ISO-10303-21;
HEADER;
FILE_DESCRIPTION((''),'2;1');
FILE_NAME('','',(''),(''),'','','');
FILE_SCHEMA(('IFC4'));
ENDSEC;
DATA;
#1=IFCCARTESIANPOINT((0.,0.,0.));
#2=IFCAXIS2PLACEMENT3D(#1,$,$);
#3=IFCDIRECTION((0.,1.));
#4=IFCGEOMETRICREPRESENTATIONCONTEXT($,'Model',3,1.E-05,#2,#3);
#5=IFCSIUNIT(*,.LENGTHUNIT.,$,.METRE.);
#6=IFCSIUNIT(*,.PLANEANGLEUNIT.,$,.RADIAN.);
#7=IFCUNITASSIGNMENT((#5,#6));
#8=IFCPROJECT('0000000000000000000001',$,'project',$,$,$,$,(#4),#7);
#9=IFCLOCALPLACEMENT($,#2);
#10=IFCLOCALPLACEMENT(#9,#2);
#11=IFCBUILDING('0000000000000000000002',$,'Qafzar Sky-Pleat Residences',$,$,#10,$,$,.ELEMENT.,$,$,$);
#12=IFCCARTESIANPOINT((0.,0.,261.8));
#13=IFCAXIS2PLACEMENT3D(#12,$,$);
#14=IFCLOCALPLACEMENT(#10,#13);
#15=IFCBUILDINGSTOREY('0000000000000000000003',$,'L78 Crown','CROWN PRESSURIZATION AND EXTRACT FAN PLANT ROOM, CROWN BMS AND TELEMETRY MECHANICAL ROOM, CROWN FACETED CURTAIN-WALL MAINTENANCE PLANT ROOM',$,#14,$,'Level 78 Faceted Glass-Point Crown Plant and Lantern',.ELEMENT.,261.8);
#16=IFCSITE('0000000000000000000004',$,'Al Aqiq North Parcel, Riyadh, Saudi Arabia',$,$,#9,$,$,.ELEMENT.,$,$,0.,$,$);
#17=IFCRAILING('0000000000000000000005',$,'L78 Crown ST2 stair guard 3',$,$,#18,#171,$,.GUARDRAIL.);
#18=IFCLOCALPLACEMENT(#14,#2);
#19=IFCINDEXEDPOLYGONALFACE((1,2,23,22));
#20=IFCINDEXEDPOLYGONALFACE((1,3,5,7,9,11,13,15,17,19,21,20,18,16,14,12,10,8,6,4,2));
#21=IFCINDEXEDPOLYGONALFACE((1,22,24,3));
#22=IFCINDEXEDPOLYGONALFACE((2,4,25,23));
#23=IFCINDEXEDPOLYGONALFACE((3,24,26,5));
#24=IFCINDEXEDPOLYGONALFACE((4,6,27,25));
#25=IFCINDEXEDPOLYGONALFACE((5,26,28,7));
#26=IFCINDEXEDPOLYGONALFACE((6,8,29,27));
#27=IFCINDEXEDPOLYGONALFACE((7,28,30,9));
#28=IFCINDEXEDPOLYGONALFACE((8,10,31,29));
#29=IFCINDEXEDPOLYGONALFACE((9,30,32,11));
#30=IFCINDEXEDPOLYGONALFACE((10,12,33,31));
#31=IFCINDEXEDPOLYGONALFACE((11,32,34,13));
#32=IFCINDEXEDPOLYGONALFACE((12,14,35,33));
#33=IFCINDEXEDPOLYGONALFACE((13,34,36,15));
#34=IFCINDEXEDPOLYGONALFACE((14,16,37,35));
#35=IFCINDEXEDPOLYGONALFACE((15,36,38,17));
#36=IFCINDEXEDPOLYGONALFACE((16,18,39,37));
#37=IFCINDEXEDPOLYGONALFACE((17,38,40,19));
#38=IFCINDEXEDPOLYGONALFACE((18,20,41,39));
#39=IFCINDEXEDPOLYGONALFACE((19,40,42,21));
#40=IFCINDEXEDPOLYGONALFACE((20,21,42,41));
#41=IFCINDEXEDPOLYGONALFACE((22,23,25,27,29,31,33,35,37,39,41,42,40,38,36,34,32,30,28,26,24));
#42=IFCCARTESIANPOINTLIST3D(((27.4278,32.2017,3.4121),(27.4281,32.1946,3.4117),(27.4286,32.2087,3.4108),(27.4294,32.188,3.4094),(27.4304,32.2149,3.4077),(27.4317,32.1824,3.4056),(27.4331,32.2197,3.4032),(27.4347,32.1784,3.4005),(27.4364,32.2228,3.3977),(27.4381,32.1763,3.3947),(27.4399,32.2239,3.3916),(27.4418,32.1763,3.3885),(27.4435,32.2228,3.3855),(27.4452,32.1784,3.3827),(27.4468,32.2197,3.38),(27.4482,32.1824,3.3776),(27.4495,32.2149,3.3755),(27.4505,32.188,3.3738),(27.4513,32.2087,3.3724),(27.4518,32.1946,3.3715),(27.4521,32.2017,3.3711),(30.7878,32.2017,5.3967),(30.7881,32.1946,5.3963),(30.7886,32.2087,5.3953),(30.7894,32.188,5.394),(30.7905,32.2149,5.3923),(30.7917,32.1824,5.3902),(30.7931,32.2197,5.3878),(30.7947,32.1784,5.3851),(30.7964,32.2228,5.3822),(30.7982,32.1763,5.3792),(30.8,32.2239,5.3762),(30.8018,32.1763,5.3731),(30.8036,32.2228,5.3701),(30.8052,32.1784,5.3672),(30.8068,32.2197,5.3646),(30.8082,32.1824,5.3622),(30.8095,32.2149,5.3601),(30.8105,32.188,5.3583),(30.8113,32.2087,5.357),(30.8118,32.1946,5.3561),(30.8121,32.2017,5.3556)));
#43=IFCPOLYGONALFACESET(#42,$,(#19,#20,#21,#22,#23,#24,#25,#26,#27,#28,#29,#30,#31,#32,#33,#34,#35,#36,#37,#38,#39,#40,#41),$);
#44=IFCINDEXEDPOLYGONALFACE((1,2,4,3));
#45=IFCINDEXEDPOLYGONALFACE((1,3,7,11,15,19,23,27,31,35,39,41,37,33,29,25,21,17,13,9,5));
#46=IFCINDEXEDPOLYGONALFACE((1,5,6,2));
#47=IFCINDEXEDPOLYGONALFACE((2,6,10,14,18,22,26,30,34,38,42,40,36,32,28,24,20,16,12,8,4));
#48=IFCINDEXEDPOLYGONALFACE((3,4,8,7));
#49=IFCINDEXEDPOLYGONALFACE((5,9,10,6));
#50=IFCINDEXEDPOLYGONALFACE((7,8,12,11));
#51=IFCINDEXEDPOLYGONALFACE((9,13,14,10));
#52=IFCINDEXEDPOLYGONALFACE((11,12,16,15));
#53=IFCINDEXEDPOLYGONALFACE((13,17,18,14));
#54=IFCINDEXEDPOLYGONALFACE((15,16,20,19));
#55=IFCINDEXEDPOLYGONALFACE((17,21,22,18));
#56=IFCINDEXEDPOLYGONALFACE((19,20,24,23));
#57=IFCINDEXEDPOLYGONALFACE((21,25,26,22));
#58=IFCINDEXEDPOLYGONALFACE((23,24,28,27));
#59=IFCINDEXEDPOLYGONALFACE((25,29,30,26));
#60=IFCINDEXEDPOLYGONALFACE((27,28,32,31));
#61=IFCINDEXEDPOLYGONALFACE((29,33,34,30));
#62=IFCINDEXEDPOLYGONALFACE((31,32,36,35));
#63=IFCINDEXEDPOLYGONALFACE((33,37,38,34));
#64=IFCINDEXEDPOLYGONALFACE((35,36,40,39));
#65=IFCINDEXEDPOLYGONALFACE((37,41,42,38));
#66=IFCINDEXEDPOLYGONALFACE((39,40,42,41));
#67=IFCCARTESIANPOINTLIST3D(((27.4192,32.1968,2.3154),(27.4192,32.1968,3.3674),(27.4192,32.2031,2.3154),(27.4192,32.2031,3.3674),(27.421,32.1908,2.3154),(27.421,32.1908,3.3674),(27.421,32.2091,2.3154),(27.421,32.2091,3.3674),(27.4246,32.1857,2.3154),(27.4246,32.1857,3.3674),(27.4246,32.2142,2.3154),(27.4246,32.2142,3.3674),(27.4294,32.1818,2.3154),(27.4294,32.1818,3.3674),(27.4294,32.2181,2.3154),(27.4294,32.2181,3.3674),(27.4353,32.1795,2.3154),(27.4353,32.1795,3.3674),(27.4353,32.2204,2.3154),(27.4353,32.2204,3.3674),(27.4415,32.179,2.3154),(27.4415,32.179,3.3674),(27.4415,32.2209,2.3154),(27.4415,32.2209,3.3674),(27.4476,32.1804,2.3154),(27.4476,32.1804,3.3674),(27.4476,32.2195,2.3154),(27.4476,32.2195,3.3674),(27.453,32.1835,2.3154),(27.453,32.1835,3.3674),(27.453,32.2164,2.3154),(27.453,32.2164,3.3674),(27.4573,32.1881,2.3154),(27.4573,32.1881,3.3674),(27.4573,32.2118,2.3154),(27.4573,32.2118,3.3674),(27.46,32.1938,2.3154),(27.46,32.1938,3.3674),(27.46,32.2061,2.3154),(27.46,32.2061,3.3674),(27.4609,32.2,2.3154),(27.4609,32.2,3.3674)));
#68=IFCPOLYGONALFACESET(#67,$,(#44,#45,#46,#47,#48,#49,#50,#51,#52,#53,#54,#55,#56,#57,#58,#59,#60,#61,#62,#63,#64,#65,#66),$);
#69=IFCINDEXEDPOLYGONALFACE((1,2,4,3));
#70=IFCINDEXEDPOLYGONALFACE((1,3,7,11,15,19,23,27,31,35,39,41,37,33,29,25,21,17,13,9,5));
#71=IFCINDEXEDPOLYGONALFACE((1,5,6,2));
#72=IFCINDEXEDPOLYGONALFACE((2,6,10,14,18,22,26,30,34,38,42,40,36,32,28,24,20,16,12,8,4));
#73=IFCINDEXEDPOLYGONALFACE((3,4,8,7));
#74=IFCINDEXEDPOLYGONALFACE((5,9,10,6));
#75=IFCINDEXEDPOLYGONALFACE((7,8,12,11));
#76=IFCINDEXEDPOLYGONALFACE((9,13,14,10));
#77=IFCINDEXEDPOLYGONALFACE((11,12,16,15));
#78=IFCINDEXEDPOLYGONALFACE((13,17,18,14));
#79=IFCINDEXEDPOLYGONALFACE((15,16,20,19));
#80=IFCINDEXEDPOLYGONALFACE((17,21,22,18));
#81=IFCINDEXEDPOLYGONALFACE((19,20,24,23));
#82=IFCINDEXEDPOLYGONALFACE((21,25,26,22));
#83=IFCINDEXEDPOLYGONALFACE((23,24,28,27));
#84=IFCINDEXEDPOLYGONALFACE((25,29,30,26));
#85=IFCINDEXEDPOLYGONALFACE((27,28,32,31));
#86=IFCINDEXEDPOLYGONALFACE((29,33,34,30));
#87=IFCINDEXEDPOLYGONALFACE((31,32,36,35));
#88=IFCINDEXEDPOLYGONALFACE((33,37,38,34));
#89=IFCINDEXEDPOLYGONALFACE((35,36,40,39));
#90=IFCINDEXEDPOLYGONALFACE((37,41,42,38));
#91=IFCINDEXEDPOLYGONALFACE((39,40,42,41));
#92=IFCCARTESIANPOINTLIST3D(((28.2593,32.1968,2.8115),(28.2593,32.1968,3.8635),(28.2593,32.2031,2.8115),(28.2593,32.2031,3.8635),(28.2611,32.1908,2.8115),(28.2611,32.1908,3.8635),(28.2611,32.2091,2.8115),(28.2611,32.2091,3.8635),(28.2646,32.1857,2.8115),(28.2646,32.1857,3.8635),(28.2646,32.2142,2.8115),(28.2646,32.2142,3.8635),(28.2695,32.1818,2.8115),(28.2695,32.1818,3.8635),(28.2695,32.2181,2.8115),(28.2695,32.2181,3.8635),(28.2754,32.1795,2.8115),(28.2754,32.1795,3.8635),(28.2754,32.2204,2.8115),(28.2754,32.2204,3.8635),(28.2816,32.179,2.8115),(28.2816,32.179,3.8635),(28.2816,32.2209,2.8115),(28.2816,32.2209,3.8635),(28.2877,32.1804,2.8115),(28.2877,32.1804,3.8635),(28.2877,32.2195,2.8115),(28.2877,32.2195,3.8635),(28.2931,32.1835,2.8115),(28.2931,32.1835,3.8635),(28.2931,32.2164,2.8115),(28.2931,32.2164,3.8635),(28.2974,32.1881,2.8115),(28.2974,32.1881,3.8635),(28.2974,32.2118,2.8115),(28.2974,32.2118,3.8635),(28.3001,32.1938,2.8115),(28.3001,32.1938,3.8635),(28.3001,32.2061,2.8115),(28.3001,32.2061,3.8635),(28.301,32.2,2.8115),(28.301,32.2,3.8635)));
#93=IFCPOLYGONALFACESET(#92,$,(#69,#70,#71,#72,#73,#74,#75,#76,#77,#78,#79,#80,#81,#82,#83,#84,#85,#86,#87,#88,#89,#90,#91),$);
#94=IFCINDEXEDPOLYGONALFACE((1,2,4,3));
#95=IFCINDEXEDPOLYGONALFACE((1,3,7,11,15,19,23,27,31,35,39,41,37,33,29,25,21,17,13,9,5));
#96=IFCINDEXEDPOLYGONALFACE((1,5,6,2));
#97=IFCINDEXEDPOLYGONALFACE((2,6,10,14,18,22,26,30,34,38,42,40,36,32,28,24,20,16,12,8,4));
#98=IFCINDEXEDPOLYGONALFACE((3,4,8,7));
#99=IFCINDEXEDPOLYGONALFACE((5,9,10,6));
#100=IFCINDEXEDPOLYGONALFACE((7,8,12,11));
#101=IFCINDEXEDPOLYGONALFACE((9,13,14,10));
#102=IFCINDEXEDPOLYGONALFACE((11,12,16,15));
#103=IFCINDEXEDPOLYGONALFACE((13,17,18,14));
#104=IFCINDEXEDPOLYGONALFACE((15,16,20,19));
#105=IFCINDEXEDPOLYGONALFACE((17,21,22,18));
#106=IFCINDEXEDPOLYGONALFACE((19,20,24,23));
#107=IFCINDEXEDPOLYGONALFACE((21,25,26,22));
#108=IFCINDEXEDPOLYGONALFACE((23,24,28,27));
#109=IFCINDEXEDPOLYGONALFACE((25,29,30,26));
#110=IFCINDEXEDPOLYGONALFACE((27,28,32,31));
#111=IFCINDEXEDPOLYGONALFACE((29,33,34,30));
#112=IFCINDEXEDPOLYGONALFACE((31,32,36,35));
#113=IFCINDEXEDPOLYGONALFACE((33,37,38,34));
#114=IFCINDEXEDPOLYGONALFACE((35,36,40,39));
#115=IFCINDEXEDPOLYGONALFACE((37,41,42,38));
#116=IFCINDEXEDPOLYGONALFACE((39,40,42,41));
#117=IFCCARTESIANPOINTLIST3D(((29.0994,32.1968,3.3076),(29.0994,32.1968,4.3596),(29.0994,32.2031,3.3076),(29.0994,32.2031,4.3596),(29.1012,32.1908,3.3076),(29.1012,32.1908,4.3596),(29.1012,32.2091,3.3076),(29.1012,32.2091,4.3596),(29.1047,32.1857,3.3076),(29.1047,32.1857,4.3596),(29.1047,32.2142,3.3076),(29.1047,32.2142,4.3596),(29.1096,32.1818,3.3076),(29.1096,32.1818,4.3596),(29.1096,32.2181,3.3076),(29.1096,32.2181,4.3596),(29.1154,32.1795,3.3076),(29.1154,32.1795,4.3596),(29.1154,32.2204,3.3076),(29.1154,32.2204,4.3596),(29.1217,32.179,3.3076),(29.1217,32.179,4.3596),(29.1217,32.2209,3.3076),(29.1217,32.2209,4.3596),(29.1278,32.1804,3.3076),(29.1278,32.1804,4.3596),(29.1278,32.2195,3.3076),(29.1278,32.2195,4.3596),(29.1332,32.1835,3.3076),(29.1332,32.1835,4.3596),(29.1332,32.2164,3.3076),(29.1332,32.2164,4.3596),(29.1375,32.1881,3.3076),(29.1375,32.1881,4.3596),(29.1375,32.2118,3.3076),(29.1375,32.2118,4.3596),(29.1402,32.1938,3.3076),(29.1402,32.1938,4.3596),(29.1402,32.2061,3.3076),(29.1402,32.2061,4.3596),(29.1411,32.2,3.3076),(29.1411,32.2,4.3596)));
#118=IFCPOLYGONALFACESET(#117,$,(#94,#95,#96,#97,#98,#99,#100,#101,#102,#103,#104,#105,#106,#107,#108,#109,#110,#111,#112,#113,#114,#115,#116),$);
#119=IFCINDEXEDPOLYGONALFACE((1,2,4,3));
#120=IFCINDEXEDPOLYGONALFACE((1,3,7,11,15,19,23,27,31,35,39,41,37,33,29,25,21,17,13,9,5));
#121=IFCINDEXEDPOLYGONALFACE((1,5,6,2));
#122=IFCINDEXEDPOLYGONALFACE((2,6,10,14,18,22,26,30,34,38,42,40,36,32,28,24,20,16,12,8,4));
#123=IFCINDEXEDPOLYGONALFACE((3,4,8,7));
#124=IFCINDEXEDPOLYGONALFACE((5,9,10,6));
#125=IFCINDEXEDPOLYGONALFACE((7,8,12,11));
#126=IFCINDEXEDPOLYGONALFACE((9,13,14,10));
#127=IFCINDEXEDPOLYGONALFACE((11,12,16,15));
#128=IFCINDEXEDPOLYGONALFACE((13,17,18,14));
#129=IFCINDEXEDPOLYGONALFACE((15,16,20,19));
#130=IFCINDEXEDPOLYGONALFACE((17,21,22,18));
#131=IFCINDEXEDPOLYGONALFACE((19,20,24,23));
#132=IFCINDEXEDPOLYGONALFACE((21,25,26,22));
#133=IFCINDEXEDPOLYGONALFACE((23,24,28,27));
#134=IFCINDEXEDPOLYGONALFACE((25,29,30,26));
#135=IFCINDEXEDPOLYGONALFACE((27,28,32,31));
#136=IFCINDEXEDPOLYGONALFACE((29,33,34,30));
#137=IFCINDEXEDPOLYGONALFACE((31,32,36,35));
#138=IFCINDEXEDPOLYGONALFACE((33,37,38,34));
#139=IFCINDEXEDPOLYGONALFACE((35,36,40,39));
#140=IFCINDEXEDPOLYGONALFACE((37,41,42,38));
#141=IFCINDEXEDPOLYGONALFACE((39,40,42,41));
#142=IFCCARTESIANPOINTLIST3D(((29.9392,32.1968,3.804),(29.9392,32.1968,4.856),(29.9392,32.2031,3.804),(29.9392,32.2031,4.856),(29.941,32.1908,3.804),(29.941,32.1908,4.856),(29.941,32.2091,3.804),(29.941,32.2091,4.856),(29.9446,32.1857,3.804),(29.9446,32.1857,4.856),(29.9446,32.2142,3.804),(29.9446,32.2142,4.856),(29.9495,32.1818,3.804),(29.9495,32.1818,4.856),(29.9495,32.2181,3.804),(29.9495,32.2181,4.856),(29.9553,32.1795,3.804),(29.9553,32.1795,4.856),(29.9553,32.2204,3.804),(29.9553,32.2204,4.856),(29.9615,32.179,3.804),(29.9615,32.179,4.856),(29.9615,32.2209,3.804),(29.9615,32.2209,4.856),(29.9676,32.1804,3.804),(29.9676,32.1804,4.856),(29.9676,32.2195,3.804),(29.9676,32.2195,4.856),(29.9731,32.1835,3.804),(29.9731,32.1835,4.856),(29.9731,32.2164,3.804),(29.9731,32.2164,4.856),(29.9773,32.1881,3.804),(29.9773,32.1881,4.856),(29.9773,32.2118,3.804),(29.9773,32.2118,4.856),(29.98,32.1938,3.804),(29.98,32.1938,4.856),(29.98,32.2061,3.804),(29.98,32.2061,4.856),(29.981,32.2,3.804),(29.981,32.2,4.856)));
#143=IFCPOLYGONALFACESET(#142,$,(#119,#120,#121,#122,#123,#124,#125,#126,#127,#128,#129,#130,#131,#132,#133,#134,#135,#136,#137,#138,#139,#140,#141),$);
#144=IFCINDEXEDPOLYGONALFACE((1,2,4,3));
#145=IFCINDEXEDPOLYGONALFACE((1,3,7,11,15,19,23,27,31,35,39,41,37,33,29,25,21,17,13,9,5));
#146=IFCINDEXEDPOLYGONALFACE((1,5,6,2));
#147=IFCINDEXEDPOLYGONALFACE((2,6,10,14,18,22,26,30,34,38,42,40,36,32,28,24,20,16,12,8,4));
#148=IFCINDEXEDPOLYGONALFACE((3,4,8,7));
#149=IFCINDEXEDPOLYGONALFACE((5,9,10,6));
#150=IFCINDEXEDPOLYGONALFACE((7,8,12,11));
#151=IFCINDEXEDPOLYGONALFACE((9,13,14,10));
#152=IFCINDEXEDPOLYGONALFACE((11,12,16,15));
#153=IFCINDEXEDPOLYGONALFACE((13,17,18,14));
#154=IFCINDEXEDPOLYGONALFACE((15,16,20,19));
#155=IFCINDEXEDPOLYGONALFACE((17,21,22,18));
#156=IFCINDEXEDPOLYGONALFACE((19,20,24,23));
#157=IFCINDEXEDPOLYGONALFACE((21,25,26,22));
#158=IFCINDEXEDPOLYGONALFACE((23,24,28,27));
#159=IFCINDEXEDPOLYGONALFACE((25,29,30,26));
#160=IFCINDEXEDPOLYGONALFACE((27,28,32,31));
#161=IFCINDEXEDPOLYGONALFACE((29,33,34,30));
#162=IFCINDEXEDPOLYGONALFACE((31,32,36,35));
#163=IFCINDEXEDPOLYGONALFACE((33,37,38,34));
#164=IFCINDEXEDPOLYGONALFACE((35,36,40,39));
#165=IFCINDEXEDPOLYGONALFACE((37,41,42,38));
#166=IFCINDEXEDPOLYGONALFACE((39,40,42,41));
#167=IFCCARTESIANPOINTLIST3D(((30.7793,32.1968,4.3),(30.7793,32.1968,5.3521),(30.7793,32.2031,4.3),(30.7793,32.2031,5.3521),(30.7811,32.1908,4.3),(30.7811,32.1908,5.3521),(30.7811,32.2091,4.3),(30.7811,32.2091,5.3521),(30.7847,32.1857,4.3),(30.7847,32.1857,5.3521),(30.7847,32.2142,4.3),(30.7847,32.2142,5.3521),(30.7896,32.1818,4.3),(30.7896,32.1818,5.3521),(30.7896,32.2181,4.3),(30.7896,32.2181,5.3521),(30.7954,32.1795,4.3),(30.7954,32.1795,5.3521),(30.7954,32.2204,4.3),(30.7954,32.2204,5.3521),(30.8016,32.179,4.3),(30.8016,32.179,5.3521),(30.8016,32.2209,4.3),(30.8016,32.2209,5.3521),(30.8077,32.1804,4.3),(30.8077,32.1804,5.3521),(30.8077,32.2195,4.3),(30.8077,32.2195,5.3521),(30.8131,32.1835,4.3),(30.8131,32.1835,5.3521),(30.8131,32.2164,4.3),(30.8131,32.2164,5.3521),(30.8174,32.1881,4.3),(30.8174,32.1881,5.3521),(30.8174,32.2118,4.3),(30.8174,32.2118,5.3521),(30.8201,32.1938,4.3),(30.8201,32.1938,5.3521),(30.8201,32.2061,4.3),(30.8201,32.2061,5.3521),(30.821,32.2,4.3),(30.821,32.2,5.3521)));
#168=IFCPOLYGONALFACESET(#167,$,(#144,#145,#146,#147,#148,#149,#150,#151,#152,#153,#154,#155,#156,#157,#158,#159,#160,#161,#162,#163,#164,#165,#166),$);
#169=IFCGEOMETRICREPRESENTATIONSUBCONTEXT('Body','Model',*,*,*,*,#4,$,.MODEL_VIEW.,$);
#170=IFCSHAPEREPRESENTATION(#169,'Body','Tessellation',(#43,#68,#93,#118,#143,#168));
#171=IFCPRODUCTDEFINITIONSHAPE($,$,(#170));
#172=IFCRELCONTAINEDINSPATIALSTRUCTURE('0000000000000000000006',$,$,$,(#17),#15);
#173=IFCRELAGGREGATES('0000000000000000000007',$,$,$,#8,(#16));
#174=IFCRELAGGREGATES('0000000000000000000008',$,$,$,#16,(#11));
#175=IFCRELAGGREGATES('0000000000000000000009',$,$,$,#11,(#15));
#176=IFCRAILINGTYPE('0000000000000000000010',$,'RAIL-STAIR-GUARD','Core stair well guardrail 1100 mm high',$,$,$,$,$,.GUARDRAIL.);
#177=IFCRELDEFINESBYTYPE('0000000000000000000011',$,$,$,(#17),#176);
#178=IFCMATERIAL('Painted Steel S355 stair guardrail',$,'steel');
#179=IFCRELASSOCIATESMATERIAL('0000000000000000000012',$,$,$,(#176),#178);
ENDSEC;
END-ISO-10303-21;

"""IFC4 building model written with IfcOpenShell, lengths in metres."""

from ifc_helpers import new_model, si_unit, direction, frame, origin, origin_2d, place, context, subcontext, project, spatial, circle, extrude, source, transform, mapped, material, type_object, element, save


model = new_model("IFC4")

# Units and contexts
model_context = context("Model", 3, precision=1e-05, world=origin(), true_north=direction((0.0, 1.0)))
body_context = subcontext(model_context, "Body", "Model", "MODEL_VIEW")
ifc_project = project(units=[si_unit("LENGTHUNIT", "METRE"), si_unit("PLANEANGLEUNIT", "RADIAN")], contexts=[model_context])

# Site, building, storey
site_placement = place(None, origin())
site = spatial("IfcSite", under=ifc_project, at=site_placement, Name="Al Aqiq North Parcel, Riyadh, Saudi Arabia", CompositionType="ELEMENT", RefElevation=0.0)
building_placement = place(site_placement, origin())
building = spatial("IfcBuilding", under=site, at=building_placement, Name="Qafzar Sky-Pleat Residences", CompositionType="ELEMENT")
storey_placement = place(building_placement, frame((0.0, 0.0, 261.8)))
storey = spatial("IfcBuildingStorey", under=building, at=storey_placement, Name="L78 Crown", Description="CROWN PRESSURIZATION AND EXTRACT FAN PLANT ROOM, CROWN BMS AND TELEMETRY MECHANICAL ROOM, CROWN FACETED CURTAIN-WALL MAINTENANCE PLANT ROOM", LongName="Level 78 Faceted Glass-Point Crown Plant and Lantern", CompositionType="ELEMENT", Elevation=261.8)

# Railing
ifc_material_1 = material(Name="Painted Steel S355 stair guardrail", Category="steel")
railing_type_1 = type_object("IfcRailingType", Name="RAIL-STAIR-GUARD", Description="Core stair well guardrail 1100 mm high", PredefinedType="GUARDRAIL", material=ifc_material_1)
shared_shape_1 = source(origin(), body_context, "Body", "SweptSolid", [
    extrude(circle(Radius=0.0239, at=origin_2d()), frame((0.0, 0.0, 1.0762), z_axis=(0.861027, 0.0, 0.508559), x_axis=(0.0, 1.0, 0.0)), (0.0, 0.0, 1.0), 3.9023),
    extrude(circle(Radius=0.021, at=origin_2d()), origin(), (0.0, 0.0, 1.0), 1.052),
    extrude(circle(Radius=0.021, at=origin_2d()), frame((0.8401, 0.0, 0.4961)), (0.0, 0.0, 1.0), 1.052),
    extrude(circle(Radius=0.021, at=origin_2d()), frame((1.6802, 0.0, 0.9922)), (0.0, 0.0, 1.0), 1.052),
    extrude(circle(Radius=0.021, at=origin_2d()), frame((2.52, 0.0, 1.4885)), (0.0, 0.0, 1.0), 1.052),
    extrude(circle(Radius=0.021, at=origin_2d()), frame((3.3601, 0.0, 1.9846)), (0.0, 0.0, 1.0), 1.052),
])
railing_1_placement = place(storey_placement, frame((27.4399, 32.2, 2.3154)))
element("IfcRailing", 1, at=railing_1_placement, inside=storey, type_object=railing_type_1, Name="L78 Crown ST2 stair guard 3", PredefinedType="GUARDRAIL", context=body_context, shape_type="MappedRepresentation", body=[
    mapped(shared_shape_1, transform((0.0, 0.0, 0.0), x_axis=(1.0, 0.0, 0.0), y_axis=(0.0, 1.0, 0.0), z_axis=(0.0, 0.0, 1.0), scale=1.0)),
])

save(model, "model.ifc")
